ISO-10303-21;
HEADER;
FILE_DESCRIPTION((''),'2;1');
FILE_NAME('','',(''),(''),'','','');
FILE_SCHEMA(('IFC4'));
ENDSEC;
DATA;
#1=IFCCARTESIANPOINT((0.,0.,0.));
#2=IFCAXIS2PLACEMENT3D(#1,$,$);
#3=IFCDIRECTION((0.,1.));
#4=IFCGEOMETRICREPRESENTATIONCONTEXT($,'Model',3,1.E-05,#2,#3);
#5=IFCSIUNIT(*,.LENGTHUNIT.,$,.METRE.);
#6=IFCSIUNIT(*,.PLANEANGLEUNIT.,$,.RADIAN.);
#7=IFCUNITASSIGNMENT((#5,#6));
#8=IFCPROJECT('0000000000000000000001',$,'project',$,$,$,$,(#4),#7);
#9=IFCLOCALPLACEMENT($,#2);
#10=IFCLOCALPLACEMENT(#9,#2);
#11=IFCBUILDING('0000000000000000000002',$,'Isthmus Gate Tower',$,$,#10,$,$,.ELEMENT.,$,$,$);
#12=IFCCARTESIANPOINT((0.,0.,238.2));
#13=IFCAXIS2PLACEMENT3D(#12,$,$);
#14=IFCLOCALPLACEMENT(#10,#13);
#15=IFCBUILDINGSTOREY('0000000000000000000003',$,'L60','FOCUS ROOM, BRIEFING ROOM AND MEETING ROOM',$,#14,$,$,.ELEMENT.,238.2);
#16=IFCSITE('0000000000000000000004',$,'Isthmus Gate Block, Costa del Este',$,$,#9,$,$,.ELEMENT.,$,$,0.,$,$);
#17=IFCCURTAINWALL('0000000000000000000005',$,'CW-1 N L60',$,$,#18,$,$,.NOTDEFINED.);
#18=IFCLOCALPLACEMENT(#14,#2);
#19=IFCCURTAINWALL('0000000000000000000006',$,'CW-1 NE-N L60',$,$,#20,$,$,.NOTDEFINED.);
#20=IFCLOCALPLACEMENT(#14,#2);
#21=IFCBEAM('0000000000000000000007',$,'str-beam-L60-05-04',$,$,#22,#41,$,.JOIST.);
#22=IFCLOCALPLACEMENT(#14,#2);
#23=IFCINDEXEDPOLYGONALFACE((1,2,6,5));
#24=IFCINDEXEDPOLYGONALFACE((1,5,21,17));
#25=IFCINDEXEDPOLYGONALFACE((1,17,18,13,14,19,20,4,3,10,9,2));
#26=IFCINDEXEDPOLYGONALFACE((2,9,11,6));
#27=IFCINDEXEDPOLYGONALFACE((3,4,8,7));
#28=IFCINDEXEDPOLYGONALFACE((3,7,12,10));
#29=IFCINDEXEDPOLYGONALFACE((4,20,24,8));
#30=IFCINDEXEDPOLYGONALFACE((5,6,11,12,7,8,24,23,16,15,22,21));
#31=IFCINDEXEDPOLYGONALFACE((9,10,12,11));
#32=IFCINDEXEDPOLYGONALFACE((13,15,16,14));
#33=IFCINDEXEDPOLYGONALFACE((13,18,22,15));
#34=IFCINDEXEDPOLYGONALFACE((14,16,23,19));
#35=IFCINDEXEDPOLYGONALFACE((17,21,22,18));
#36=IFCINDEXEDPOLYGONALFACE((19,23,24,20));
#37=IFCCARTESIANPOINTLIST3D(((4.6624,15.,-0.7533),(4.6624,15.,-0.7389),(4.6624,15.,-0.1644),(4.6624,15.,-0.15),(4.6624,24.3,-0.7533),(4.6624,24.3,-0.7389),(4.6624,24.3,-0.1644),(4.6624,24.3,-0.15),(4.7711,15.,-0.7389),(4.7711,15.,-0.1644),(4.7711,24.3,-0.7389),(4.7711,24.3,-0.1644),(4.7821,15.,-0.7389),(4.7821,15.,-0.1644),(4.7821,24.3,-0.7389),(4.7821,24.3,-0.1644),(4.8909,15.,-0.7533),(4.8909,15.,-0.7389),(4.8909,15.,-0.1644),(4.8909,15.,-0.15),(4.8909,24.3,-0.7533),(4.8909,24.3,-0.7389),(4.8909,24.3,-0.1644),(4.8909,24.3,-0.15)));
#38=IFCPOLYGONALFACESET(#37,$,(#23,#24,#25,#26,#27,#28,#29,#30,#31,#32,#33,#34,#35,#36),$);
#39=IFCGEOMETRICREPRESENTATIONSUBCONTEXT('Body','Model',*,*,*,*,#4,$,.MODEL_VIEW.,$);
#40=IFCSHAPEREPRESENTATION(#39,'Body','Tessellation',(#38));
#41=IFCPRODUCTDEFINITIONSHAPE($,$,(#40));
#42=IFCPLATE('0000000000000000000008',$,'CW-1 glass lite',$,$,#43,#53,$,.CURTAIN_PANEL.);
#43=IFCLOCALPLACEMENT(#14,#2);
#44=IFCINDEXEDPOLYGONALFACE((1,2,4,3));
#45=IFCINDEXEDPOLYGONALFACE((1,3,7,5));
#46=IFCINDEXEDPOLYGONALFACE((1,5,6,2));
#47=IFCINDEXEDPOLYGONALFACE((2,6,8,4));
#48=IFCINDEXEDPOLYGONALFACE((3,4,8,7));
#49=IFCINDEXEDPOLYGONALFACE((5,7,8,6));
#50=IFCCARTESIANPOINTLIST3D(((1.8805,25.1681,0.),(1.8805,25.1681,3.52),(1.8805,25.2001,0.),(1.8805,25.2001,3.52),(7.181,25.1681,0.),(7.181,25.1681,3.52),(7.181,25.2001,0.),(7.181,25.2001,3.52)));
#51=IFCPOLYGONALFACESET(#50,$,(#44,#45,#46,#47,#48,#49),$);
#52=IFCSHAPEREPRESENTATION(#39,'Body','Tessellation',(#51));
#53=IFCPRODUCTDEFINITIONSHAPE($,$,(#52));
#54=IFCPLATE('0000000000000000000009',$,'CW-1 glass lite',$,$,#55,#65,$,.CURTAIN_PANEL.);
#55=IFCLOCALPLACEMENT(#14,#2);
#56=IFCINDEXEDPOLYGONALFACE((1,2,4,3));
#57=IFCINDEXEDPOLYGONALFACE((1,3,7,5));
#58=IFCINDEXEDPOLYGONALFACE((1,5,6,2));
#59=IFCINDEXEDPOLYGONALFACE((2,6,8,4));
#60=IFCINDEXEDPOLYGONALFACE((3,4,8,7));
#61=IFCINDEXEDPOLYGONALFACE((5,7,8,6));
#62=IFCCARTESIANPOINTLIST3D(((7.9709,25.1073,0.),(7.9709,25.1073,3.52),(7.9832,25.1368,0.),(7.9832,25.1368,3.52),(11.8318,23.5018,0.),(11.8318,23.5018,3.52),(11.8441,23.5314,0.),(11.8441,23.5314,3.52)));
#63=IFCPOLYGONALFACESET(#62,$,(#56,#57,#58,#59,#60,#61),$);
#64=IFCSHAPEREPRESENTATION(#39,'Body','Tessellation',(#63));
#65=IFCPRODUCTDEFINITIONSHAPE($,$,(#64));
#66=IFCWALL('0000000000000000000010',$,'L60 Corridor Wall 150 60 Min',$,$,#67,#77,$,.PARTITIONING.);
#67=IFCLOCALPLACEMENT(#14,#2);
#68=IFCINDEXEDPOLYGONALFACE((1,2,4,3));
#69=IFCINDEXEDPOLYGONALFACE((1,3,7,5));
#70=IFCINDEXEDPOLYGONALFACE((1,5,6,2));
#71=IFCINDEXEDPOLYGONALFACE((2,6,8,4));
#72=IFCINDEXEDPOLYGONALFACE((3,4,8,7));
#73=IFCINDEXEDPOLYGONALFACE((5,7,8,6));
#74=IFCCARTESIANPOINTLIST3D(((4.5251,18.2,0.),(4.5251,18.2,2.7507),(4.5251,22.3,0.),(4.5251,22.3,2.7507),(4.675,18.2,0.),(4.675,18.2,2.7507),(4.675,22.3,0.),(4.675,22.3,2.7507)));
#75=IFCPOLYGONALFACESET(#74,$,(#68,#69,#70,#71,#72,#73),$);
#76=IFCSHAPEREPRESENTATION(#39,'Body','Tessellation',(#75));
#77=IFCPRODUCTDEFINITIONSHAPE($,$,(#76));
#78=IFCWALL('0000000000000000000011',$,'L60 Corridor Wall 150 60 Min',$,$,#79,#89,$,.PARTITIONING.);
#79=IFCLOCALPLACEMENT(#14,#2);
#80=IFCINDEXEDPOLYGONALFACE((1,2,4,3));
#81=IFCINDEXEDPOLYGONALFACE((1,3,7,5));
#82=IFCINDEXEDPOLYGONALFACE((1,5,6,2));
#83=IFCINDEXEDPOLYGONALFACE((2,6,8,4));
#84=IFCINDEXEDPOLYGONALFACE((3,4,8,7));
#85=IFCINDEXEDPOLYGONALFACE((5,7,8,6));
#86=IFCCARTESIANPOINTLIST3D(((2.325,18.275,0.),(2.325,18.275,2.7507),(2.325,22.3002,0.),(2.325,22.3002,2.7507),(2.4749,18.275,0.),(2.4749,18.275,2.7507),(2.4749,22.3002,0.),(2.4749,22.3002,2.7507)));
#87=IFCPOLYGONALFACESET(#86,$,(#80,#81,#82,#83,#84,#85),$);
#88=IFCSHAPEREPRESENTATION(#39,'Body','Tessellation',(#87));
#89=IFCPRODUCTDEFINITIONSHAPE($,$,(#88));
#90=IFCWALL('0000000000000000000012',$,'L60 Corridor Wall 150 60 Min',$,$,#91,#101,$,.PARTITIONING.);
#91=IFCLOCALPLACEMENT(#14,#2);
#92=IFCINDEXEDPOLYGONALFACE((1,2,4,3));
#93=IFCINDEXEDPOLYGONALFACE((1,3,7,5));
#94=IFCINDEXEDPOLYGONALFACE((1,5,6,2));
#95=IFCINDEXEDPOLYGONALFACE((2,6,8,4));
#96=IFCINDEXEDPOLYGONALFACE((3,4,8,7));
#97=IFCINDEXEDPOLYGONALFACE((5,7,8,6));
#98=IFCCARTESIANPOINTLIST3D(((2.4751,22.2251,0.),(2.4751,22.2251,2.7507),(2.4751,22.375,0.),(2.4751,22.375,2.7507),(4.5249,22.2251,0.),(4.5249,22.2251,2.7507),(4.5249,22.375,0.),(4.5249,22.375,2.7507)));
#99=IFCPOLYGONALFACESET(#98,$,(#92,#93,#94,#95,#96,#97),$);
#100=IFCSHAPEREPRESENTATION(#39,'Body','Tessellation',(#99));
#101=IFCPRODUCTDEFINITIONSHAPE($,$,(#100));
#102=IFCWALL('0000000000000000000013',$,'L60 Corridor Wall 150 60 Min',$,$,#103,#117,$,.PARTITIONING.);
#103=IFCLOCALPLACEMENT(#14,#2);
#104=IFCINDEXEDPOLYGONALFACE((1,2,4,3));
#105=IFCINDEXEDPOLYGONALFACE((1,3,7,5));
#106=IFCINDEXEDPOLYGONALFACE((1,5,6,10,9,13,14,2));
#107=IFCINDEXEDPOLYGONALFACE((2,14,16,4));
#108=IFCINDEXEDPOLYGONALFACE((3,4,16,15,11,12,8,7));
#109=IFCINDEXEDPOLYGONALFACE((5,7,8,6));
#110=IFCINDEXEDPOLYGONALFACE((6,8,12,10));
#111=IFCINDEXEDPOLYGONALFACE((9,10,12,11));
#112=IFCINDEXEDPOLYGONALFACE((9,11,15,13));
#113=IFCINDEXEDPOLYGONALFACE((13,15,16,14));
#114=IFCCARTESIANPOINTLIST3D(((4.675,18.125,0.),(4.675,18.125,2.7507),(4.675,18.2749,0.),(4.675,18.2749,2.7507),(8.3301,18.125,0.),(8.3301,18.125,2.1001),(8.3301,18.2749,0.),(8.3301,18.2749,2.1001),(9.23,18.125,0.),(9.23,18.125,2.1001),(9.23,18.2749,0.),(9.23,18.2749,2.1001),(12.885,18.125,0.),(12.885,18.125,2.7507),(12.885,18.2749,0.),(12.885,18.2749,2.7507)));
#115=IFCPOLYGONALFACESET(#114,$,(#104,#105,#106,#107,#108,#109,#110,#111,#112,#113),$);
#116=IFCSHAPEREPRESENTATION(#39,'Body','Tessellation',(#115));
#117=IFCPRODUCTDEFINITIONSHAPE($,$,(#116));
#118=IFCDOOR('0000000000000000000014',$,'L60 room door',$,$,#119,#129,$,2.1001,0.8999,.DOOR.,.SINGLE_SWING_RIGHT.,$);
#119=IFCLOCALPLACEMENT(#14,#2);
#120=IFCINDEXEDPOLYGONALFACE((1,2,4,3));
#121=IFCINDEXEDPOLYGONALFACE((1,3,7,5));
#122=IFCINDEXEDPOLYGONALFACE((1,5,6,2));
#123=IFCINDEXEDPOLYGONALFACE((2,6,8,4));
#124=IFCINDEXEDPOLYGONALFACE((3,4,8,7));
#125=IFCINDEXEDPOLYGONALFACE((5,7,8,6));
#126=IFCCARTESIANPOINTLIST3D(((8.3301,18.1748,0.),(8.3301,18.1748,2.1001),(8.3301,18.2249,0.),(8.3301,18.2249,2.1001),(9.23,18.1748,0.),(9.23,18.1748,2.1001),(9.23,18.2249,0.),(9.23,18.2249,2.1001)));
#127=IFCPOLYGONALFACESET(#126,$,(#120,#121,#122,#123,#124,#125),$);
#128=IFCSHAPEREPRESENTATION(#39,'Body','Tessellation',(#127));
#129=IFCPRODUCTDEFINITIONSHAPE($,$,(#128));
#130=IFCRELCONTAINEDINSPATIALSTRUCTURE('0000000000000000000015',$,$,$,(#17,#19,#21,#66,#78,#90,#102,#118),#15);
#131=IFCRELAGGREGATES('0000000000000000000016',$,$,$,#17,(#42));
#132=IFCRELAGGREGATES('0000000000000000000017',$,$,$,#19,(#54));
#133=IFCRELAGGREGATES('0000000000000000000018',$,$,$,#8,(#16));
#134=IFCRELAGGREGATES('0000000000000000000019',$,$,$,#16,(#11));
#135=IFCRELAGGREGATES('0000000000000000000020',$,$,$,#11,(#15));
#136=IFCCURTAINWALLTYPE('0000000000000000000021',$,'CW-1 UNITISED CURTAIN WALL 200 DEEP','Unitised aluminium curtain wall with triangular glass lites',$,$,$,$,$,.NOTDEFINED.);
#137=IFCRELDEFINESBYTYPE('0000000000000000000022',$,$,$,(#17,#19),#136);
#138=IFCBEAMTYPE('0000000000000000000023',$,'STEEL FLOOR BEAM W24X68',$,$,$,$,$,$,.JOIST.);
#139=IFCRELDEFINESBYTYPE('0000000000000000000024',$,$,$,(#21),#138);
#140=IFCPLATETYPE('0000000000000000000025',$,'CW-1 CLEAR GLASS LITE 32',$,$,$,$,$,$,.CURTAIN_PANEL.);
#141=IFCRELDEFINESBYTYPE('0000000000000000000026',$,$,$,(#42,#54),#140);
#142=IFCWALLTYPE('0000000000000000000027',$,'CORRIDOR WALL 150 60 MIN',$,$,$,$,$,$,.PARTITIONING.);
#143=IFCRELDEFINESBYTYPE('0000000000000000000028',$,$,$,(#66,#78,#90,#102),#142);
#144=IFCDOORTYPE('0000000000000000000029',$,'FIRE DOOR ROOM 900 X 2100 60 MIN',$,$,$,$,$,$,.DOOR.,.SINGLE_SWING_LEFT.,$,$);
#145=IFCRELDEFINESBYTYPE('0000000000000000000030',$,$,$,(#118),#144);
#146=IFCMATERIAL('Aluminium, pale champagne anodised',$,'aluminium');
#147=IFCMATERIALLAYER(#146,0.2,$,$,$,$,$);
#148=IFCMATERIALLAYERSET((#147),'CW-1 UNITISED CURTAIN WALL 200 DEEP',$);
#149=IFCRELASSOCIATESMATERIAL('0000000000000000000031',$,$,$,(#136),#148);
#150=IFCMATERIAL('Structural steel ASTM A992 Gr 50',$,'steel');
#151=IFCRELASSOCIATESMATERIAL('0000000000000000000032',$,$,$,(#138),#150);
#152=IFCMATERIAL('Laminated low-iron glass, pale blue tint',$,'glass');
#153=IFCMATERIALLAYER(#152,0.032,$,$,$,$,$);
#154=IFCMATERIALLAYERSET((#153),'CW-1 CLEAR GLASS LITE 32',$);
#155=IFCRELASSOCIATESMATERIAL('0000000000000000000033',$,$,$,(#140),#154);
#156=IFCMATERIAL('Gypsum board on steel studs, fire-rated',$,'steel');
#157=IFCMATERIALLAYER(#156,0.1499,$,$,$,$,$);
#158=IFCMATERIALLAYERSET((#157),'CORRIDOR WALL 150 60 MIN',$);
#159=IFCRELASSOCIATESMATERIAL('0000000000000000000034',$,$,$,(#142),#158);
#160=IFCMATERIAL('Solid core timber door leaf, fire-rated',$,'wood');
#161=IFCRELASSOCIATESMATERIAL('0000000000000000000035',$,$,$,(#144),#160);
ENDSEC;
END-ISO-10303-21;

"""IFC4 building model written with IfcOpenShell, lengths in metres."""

from ifc_helpers import new_model, si_unit, direction, frame, frame_2d, origin, origin_2d, place, context, subcontext, project, spatial, rectangle, i_section, extrude, material, layer, layer_set, material_profile, profile_set, type_object, element, fill, aggregate, save


model = new_model("IFC4")

# Units and contexts
model_context = context("Model", 3, precision=1e-05, world=origin(), true_north=direction((0.0, 1.0)))
body_context = subcontext(model_context, "Body", "Model", "MODEL_VIEW")
ifc_project = project(units=[si_unit("LENGTHUNIT", "METRE"), si_unit("PLANEANGLEUNIT", "RADIAN")], contexts=[model_context])

# Site, building, storey
site_placement = place(None, origin())
site = spatial("IfcSite", under=ifc_project, at=site_placement, Name="Isthmus Gate Block, Costa del Este", CompositionType="ELEMENT", RefElevation=0.0)
building_placement = place(site_placement, origin())
building = spatial("IfcBuilding", under=site, at=building_placement, Name="Isthmus Gate Tower", CompositionType="ELEMENT")
storey_placement = place(building_placement, frame((0.0, 0.0, 238.2)))
storey = spatial("IfcBuildingStorey", under=building, at=storey_placement, Name="L60", Description="FOCUS ROOM, BRIEFING ROOM AND MEETING ROOM", CompositionType="ELEMENT", Elevation=238.2)

# Curtain walls
ifc_material_1 = material(Name="Aluminium, pale champagne anodised", Category="aluminium")
ifc_layer_1 = layer(ifc_material_1, 0.2)
ifc_layer_set_1 = layer_set([ifc_layer_1], Name="CW-1 UNITISED CURTAIN WALL 200 DEEP")
curtain_wall_type = type_object("IfcCurtainWallType", Name="CW-1 UNITISED CURTAIN WALL 200 DEEP", Description="Unitised aluminium curtain wall with triangular glass lites", PredefinedType="NOTDEFINED", material=ifc_layer_set_1)
curtain_wall_1_placement = place(storey_placement, origin())
curtain_wall_1 = element("IfcCurtainWall", 1, at=curtain_wall_1_placement, inside=storey, type_object=curtain_wall_type, Name="CW-1 N L60", PredefinedType="NOTDEFINED")
curtain_wall_2_placement = place(storey_placement, origin())
curtain_wall_2 = element("IfcCurtainWall", 2, at=curtain_wall_2_placement, inside=storey, type_object=curtain_wall_type, Name="CW-1 NE-N L60", PredefinedType="NOTDEFINED")

# Beam
ifc_material_2 = material(Name="Structural steel ASTM A992 Gr 50", Category="steel")
ifc_material_profile_1 = material_profile(ifc_material_2, i_section(OverallWidth=0.2285, OverallDepth=0.6033, WebThickness=0.011, FlangeThickness=0.0144, at=origin_2d()), Name="W24X68")
ifc_profile_set_1 = profile_set([ifc_material_profile_1], Name="Structural steel ASTM A992 Gr 50")
beam_type_1 = type_object("IfcBeamType", Name="STEEL FLOOR BEAM W24X68", PredefinedType="JOIST", material=ifc_profile_set_1)
beam_1_placement = place(storey_placement, frame((4.7766, 15.0, -0.4517), z_axis=(0.0, 1.0, 0.0), x_axis=(-1.0, 0.0, 0.0)))
element("IfcBeam", 3, at=beam_1_placement, inside=storey, type_object=beam_type_1, Name="str-beam-L60-05-04", PredefinedType="JOIST", context=body_context, shape_type="SweptSolid", body=[
    extrude(i_section(OverallWidth=0.2285, OverallDepth=0.6033, WebThickness=0.011, FlangeThickness=0.0144, at=origin_2d()), origin(), (0.0, 0.0, 1.0), 9.3),
])

# Plates
ifc_material_3 = material(Name="Laminated low-iron glass, pale blue tint", Category="glass")
ifc_layer_2 = layer(ifc_material_3, 0.032)
ifc_layer_set_2 = layer_set([ifc_layer_2], Name="CW-1 CLEAR GLASS LITE 32")
plate_type = type_object("IfcPlateType", Name="CW-1 CLEAR GLASS LITE 32", PredefinedType="CURTAIN_PANEL", material=ifc_layer_set_2)
plate_1_placement = place(storey_placement, frame((4.5308, 25.1841, 0.0), z_axis=(0.0, 0.0, 1.0), x_axis=(-1.0, 0.0, 0.0)))
plate_1 = element("IfcPlate", 4, at=plate_1_placement, type_object=plate_type, Name="CW-1 glass lite", PredefinedType="CURTAIN_PANEL", context=body_context, shape_type="SweptSolid", body=[
    extrude(rectangle(XDim=5.3005, YDim=0.032, at=origin_2d()), origin(), (0.0, 0.0, 1.0), 3.52),
])
aggregate(curtain_wall_1, [plate_1])
plate_2_placement = place(storey_placement, frame((9.9075, 24.3193, 0.0), z_axis=(0.0, 0.0, 1.0), x_axis=(-0.923353, 0.383952, 0.0)))
plate_2 = element("IfcPlate", 5, at=plate_2_placement, type_object=plate_type, Name="CW-1 glass lite", PredefinedType="CURTAIN_PANEL", context=body_context, shape_type="SweptSolid", body=[
    extrude(rectangle(XDim=4.1814, YDim=0.032, at=origin_2d()), origin(), (0.0, 0.0, 1.0), 3.52),
])
aggregate(curtain_wall_2, [plate_2])

# Walls
ifc_material_4 = material(Name="Gypsum board on steel studs, fire-rated", Category="steel")
ifc_layer_3 = layer(ifc_material_4, 0.1499)
ifc_layer_set_3 = layer_set([ifc_layer_3], Name="CORRIDOR WALL 150 60 MIN")
wall_type = type_object("IfcWallType", Name="CORRIDOR WALL 150 60 MIN", PredefinedType="PARTITIONING", material=ifc_layer_set_3)
wall_1_placement = place(storey_placement, frame((4.6001, 22.3, 0.0), z_axis=(0.0, 0.0, 1.0), x_axis=(0.0, -1.0, 0.0)))
element("IfcWall", 6, at=wall_1_placement, inside=storey, type_object=wall_type, Name="L60 Corridor Wall 150 60 Min", PredefinedType="PARTITIONING", context=body_context, shape_type="SweptSolid", body=[
    extrude(rectangle(XDim=4.1001, YDim=0.1499, at=frame_2d((2.05, 0.0))), origin(), (0.0, 0.0, 1.0), 2.7507),
])
wall_2_placement = place(storey_placement, frame((2.3999, 18.2749, 0.0), z_axis=(0.0, 0.0, 1.0), x_axis=(0.0, 1.0, 0.0)))
element("IfcWall", 7, at=wall_2_placement, inside=storey, type_object=wall_type, Name="L60 Corridor Wall 150 60 Min", PredefinedType="PARTITIONING", context=body_context, shape_type="SweptSolid", body=[
    extrude(rectangle(XDim=4.0251, YDim=0.1499, at=frame_2d((2.0127, 0.0))), origin(), (0.0, 0.0, 1.0), 2.7507),
])
wall_3_placement = place(storey_placement, frame((2.4751, 22.3, 0.0), z_axis=(0.0, 0.0, 1.0), x_axis=(1.0, 0.0, 0.0)))
element("IfcWall", 8, at=wall_3_placement, inside=storey, type_object=wall_type, Name="L60 Corridor Wall 150 60 Min", PredefinedType="PARTITIONING", context=body_context, shape_type="SweptSolid", body=[
    extrude(rectangle(XDim=2.0498, YDim=0.1499, at=frame_2d((1.0249, 0.0))), origin(), (0.0, 0.0, 1.0), 2.7507),
])

# Wall, opening, door
wall_4_placement = place(storey_placement, frame((4.675, 18.2, 0.0), z_axis=(0.0, 0.0, 1.0), x_axis=(1.0, 0.0, 0.0)))
wall_4 = element("IfcWall", 9, at=wall_4_placement, inside=storey, type_object=wall_type, Name="L60 Corridor Wall 150 60 Min", PredefinedType="PARTITIONING", context=body_context, shape_type="SweptSolid", body=[
    extrude(rectangle(XDim=8.21, YDim=0.1499, at=frame_2d((4.105, 0.0))), origin(), (0.0, 0.0, 1.0), 2.7507),
])
opening_placement = place(wall_4_placement, frame((3.655, 0.0, 0.0)))
opening = element("IfcOpeningElement", 10, at=opening_placement, cuts=wall_4, PredefinedType="OPENING", context=body_context, shape_type="SweptSolid", body=[
    extrude(rectangle(XDim=0.8999, YDim=2.1001, at=frame_2d((0.45, 1.05))), frame((0.0, 0.085, 0.0), z_axis=(0.0, -1.0, 0.0), x_axis=(1.0, 0.0, 0.0)), (0.0, 0.0, 1.0), 0.1699),
])
ifc_material_5 = material(Name="Solid core timber door leaf, fire-rated", Category="wood")
door_type = type_object("IfcDoorType", Name="FIRE DOOR ROOM 900 X 2100 60 MIN", OperationType="SINGLE_SWING_LEFT", PredefinedType="DOOR", material=ifc_material_5)
door_placement = place(opening_placement, origin())
door = element("IfcDoor", 11, at=door_placement, inside=storey, type_object=door_type, Name="L60 room door", OperationType="SINGLE_SWING_RIGHT", OverallHeight=2.1001, OverallWidth=0.8999, PredefinedType="DOOR", context=body_context, shape_type="SweptSolid", body=[
    extrude(rectangle(XDim=0.8999, YDim=2.1001, at=frame_2d((0.45, 1.05))), frame((0.0, 0.0249, 0.0), z_axis=(0.0, -1.0, 0.0), x_axis=(1.0, 0.0, 0.0)), (0.0, 0.0, 1.0), 0.05),
])
fill(opening, door)

save(model, "model.ifc")
